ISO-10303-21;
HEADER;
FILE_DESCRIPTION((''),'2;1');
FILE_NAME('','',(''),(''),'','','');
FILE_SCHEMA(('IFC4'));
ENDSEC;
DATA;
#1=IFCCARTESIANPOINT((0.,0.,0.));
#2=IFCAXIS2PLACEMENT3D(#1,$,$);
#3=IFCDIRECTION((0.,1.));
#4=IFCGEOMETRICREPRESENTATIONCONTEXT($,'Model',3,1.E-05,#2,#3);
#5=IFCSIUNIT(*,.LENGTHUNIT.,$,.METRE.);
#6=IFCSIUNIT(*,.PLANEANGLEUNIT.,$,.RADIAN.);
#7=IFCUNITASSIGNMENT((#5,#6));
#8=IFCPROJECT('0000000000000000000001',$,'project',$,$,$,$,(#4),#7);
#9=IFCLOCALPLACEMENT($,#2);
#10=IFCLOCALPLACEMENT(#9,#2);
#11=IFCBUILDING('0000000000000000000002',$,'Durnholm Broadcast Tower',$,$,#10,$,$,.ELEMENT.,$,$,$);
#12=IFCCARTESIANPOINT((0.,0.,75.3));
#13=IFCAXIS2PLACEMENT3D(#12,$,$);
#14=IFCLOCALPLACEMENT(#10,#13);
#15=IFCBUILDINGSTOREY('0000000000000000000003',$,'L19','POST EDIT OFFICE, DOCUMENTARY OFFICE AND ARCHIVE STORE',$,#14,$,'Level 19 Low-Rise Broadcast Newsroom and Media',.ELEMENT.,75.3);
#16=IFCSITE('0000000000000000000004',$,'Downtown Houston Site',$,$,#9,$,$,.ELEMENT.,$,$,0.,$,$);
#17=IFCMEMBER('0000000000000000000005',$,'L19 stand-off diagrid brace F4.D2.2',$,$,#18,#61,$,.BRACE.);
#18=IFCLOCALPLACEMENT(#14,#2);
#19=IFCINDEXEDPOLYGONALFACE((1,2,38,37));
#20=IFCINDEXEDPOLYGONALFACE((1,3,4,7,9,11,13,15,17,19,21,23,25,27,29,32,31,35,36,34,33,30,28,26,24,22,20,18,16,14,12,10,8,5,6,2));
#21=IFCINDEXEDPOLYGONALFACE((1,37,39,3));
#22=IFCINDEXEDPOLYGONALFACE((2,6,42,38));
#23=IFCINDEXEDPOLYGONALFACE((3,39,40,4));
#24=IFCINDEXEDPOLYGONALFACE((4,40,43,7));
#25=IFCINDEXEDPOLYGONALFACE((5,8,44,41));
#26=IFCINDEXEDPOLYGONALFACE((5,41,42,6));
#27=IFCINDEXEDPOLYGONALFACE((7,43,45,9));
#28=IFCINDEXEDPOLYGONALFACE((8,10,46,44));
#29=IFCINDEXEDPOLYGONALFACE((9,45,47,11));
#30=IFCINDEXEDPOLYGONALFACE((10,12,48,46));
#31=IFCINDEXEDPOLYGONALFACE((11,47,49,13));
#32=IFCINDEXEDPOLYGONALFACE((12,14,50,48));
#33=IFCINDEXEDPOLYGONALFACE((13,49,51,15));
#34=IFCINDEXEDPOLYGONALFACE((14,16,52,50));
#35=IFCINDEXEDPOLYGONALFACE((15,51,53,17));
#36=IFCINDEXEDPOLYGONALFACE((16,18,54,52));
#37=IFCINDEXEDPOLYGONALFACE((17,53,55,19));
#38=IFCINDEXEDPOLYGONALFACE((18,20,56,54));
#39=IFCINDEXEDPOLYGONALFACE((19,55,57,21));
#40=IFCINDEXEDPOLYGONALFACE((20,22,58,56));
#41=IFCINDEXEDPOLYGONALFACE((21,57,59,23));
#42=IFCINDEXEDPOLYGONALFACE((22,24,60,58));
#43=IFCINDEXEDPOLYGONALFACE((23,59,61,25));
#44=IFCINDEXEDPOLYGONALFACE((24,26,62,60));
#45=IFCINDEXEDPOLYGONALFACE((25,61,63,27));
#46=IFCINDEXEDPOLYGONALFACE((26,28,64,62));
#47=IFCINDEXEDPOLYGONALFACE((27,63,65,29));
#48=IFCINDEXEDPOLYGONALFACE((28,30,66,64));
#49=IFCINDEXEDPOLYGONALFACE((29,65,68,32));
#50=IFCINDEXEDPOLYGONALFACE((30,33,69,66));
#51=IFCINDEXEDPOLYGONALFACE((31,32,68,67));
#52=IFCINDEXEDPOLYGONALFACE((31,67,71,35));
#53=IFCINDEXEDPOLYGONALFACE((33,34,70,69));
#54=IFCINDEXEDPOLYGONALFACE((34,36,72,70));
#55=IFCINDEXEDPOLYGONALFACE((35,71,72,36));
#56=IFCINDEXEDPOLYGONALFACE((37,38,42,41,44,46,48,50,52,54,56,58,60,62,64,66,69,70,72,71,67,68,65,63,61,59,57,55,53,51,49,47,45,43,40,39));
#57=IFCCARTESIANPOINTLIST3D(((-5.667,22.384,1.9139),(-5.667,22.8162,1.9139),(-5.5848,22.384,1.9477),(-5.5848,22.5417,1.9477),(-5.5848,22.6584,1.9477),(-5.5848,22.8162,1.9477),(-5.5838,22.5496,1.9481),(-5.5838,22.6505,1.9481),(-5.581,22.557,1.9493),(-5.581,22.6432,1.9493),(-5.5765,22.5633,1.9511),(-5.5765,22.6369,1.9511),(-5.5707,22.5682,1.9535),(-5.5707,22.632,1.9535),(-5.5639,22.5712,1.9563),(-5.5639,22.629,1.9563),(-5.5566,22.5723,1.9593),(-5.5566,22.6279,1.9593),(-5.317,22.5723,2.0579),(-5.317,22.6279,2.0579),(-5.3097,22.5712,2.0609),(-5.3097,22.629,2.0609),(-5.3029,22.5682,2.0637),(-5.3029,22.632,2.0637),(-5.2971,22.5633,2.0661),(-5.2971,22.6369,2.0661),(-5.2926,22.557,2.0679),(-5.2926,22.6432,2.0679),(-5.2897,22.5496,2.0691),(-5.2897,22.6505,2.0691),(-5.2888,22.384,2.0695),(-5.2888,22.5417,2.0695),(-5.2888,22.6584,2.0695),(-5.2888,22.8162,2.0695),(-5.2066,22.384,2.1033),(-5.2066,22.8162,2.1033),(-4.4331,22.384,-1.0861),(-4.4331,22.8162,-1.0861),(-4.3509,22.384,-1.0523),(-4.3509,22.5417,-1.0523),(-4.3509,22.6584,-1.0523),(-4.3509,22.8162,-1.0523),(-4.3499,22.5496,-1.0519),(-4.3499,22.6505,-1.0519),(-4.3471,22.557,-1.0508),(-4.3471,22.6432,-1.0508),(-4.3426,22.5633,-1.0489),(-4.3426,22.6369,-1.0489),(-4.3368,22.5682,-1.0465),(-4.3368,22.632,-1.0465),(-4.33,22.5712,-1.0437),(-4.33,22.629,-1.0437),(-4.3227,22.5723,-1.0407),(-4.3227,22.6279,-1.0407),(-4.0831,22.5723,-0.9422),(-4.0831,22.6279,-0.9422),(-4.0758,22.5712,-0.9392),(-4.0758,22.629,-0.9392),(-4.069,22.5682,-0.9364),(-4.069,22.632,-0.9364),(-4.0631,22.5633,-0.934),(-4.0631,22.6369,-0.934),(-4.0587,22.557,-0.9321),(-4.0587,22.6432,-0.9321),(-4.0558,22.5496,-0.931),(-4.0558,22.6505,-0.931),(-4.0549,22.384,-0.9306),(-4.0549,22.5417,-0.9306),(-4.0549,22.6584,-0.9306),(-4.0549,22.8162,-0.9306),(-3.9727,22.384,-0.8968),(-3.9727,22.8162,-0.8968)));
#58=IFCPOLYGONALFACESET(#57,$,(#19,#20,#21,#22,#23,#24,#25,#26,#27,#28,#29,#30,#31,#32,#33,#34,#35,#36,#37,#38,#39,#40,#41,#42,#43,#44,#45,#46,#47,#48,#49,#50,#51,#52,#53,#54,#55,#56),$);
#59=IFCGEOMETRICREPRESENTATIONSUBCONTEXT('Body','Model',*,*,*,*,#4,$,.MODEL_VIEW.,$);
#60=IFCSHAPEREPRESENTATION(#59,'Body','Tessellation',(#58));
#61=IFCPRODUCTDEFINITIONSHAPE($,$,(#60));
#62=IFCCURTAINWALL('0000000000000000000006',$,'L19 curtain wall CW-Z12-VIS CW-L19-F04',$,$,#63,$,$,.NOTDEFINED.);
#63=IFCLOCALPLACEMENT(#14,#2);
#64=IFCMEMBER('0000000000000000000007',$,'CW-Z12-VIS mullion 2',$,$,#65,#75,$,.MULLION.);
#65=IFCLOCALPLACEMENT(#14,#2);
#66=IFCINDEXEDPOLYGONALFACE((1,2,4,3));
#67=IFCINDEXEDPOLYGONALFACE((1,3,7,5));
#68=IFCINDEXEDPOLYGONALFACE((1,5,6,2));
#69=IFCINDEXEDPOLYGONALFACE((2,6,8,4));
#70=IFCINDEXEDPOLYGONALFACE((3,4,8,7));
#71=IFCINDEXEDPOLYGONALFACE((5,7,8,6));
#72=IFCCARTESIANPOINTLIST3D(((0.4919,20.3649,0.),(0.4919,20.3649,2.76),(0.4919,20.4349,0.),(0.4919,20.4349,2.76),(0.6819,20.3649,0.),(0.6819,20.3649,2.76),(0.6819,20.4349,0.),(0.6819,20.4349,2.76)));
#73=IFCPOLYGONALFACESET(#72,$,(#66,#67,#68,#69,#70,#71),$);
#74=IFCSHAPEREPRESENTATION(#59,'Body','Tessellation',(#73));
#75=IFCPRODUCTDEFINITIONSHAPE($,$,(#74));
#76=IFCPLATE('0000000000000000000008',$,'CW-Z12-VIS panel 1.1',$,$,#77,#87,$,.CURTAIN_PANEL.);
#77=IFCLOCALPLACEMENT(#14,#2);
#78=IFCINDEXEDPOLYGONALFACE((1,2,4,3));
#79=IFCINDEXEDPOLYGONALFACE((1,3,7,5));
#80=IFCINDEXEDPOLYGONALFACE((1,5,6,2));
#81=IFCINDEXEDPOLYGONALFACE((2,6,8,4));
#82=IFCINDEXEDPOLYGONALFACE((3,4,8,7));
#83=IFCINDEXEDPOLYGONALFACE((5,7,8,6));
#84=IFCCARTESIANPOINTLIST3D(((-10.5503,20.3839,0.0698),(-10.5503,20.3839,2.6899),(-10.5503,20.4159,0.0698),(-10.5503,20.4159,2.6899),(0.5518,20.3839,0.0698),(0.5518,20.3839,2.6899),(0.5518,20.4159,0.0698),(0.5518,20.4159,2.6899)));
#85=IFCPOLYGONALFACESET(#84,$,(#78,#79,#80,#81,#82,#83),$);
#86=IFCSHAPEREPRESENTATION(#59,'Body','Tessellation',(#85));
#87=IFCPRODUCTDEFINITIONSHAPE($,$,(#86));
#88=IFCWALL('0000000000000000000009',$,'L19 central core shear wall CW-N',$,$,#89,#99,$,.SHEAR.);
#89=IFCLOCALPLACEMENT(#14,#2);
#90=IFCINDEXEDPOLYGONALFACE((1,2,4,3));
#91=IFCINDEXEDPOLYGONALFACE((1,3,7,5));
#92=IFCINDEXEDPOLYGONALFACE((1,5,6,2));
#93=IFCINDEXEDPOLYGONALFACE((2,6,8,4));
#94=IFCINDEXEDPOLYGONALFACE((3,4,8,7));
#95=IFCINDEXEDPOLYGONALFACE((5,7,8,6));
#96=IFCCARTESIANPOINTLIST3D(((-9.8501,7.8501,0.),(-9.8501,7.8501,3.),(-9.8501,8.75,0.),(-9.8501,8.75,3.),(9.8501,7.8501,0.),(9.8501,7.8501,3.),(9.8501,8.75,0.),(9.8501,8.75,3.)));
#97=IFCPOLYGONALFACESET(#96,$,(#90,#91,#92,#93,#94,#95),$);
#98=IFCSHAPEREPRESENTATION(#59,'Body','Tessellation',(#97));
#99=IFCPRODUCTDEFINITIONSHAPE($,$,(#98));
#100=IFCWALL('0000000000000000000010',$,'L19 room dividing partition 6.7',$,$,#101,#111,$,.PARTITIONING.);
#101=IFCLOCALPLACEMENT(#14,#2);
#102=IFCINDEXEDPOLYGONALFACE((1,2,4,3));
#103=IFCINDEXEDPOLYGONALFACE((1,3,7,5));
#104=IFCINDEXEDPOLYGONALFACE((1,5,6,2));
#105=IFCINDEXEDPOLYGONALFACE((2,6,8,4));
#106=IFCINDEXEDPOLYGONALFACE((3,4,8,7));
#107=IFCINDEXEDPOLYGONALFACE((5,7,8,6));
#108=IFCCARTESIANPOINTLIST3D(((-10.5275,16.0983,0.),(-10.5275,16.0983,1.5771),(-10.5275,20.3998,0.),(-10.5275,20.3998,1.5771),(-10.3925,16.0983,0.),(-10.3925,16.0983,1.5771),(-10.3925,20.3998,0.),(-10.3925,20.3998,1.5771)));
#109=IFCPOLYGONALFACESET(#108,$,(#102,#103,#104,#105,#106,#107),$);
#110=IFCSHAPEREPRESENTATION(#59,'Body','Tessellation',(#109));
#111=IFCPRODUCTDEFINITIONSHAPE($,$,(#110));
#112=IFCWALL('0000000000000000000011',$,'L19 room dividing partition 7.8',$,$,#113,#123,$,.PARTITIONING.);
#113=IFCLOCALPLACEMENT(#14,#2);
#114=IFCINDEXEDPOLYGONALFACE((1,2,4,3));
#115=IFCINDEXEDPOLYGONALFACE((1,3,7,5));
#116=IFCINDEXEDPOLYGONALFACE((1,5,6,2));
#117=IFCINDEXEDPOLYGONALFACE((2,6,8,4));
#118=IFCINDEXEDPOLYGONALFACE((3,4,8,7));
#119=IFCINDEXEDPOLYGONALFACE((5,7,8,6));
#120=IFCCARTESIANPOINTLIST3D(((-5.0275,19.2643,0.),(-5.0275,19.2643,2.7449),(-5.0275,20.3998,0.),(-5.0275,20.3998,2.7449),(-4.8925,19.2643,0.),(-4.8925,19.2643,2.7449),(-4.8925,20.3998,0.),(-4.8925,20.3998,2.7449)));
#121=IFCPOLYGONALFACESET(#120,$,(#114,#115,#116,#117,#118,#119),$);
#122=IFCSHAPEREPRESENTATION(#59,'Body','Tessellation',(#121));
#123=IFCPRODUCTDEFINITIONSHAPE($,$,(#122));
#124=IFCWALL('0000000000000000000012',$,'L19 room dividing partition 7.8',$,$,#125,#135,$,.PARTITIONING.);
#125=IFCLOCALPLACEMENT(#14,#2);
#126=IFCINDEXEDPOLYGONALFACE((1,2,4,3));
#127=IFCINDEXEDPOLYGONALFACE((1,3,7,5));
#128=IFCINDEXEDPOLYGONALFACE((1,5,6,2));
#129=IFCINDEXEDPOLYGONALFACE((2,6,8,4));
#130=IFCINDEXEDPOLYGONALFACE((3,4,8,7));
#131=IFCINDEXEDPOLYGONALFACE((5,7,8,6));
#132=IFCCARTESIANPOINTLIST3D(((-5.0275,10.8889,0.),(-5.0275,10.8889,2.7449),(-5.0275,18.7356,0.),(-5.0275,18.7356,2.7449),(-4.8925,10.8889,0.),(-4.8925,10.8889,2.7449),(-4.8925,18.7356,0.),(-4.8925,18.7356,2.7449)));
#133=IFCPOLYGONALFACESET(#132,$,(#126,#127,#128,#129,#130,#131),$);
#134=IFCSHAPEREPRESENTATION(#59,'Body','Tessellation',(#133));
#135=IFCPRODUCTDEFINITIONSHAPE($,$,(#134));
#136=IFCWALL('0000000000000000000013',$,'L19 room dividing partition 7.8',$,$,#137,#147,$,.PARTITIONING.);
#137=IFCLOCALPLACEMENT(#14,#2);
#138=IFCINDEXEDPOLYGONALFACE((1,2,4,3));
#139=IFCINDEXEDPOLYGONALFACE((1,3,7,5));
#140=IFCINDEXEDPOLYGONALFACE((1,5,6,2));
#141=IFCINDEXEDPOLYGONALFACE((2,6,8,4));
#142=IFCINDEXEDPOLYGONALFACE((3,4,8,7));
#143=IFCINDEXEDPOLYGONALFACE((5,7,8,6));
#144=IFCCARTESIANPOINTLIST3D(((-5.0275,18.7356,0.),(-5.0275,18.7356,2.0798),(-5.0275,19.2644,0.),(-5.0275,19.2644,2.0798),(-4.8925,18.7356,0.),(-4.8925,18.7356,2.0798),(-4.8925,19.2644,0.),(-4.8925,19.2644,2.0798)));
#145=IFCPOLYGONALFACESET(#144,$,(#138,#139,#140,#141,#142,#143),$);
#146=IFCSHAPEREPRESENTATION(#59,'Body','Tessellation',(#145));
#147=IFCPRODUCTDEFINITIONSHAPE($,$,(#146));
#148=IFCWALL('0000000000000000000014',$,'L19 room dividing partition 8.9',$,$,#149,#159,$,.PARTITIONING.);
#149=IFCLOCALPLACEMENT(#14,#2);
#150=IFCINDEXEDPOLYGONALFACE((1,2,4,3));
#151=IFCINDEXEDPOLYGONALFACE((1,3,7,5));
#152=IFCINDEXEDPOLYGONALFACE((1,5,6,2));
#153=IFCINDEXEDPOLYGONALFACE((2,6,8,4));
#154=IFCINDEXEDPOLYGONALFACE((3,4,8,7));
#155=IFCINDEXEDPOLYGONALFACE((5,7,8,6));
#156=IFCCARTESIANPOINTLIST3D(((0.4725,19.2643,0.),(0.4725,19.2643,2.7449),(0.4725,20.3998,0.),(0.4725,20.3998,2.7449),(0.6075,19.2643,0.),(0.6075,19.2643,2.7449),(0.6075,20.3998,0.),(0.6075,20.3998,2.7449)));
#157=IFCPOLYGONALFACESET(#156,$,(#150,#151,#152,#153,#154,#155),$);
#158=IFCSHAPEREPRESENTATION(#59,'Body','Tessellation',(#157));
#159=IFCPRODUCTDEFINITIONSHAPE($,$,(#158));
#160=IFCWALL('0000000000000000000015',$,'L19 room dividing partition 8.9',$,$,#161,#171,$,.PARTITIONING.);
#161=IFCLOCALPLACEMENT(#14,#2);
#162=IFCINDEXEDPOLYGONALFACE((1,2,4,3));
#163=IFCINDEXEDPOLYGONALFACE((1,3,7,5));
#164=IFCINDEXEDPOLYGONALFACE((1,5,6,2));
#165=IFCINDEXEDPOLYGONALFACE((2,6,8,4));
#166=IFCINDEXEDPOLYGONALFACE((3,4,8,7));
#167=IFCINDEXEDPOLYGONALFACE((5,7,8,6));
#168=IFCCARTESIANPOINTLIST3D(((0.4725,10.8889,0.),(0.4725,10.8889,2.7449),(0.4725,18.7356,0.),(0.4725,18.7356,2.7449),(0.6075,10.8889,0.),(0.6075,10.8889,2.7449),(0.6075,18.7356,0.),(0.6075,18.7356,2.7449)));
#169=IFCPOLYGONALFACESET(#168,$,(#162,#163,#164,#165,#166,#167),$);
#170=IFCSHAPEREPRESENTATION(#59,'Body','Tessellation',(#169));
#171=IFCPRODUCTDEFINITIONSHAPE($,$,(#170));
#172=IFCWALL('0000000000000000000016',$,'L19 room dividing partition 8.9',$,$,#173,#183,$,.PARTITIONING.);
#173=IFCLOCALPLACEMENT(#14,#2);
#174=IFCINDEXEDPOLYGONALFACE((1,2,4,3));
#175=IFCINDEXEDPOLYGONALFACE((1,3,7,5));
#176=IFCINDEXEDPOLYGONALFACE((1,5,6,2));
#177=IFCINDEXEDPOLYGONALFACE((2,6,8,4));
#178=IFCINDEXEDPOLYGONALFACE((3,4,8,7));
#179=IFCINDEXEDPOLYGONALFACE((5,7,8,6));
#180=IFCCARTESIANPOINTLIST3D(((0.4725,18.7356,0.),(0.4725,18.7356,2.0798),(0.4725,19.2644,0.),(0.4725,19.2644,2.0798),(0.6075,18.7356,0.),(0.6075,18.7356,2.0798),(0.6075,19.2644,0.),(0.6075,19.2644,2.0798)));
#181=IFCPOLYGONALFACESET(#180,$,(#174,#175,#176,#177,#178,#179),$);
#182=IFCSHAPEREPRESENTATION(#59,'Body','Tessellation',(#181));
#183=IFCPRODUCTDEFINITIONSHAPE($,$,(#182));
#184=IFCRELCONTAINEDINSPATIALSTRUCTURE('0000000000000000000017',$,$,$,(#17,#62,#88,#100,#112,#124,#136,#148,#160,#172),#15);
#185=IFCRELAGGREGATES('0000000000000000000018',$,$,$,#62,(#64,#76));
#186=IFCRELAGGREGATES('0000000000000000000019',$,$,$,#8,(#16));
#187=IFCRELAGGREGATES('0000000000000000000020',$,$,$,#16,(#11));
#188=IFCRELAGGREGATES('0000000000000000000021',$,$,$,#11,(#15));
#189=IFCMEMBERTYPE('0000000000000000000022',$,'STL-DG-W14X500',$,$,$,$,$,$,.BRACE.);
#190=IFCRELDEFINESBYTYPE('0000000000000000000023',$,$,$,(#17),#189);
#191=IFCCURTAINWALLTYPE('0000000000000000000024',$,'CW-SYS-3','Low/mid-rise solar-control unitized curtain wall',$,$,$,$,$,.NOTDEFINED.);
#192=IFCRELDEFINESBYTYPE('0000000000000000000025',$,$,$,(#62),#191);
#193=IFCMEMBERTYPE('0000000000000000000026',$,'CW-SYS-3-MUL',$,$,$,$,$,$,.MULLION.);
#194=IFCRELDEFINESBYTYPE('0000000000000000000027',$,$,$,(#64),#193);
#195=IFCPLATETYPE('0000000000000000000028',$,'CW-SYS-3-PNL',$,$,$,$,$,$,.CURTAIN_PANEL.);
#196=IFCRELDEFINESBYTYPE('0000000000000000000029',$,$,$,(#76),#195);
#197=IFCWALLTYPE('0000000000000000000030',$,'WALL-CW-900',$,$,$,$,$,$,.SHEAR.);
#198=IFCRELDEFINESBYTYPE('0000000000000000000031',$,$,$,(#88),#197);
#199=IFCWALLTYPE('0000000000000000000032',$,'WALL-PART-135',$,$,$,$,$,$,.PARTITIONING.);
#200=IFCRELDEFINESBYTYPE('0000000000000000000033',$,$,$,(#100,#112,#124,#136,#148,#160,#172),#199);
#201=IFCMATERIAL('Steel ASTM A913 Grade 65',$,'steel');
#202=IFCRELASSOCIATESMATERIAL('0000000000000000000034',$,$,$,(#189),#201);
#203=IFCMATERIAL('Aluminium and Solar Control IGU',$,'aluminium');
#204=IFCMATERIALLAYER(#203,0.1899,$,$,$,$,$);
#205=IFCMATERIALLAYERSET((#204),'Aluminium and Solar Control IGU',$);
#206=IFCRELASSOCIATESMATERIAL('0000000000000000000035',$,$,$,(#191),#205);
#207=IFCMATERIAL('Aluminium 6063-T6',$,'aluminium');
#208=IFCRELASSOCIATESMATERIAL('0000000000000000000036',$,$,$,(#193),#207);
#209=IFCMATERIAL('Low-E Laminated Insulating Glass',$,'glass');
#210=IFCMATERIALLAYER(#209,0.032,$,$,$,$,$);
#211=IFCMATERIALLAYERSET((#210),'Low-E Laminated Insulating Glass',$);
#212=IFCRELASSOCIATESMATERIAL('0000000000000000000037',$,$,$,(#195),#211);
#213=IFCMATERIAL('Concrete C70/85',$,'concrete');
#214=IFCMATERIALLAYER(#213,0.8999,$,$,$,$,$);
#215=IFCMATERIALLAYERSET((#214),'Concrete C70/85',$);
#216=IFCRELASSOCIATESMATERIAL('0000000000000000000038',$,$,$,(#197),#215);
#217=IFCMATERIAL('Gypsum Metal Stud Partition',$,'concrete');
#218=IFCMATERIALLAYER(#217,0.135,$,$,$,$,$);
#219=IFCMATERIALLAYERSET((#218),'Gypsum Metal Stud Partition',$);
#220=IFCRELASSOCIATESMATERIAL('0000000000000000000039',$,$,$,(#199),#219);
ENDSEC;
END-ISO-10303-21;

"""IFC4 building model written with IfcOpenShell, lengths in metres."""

from ifc_helpers import new_model, si_unit, direction, frame, frame_2d, origin, origin_2d, place, context, subcontext, project, spatial, rectangle, i_section, extrude, source, transform, mapped, material, layer, layer_set, material_profile, profile_set, type_object, type_shapes, element, aggregate, save


model = new_model("IFC4")

# Units and contexts
model_context = context("Model", 3, precision=1e-05, world=origin(), true_north=direction((0.0, 1.0)))
body_context = subcontext(model_context, "Body", "Model", "MODEL_VIEW")
ifc_project = project(units=[si_unit("LENGTHUNIT", "METRE"), si_unit("PLANEANGLEUNIT", "RADIAN")], contexts=[model_context])

# Site, building, storey
site_placement = place(None, origin())
site = spatial("IfcSite", under=ifc_project, at=site_placement, Name="Downtown Houston Site", CompositionType="ELEMENT", RefElevation=0.0)
building_placement = place(site_placement, origin())
building = spatial("IfcBuilding", under=site, at=building_placement, Name="Durnholm Broadcast Tower", CompositionType="ELEMENT")
storey_placement = place(building_placement, frame((0.0, 0.0, 75.3)))
storey = spatial("IfcBuildingStorey", under=building, at=storey_placement, Name="L19", Description="POST EDIT OFFICE, DOCUMENTARY OFFICE AND ARCHIVE STORE", LongName="Level 19 Low-Rise Broadcast Newsroom and Media", CompositionType="ELEMENT", Elevation=75.3)

# Shared definitions
ifc_material_1 = material(Name="Concrete C70/85", Category="concrete")

# Member
ifc_material_2 = material(Name="Steel ASTM A913 Grade 65", Category="steel")
ifc_material_profile_1 = material_profile(ifc_material_2, i_section(OverallWidth=0.4321, OverallDepth=0.4978, WebThickness=0.0557, FlangeThickness=0.0889, FilletRadius=0.0305, at=origin_2d()), Name="W14X500")
ifc_profile_set_1 = profile_set([ifc_material_profile_1], Name="Steel ASTM A913 Grade 65")
member_type_1 = type_object("IfcMemberType", Name="STL-DG-W14X500", PredefinedType="BRACE", material=ifc_profile_set_1)
shared_shape_1 = source(origin(), body_context, "Body", "SweptSolid", [
    extrude(i_section(OverallWidth=0.4321, OverallDepth=0.4978, WebThickness=0.0557, FlangeThickness=0.0889, FilletRadius=0.0305, at=origin_2d()), origin(), (0.0, 0.0, 1.0), 3.2439),
])
type_shapes(member_type_1, [shared_shape_1])
for number, where, z_axis, x_axis, name in (
    (1, (-4.2029, 22.6001, -0.9915), (-0.380379, 0.0, 0.924831), (0.0, -1.0, 0.0), "L19 stand-off diagrid brace F4.D2.2"),
):
    element("IfcMember", number, at=place(storey_placement, frame(where, z_axis=z_axis, x_axis=x_axis)), inside=storey, type_object=member_type_1, Name=name, PredefinedType="BRACE", context=body_context, shape_type="MappedRepresentation", body=[
        mapped(shared_shape_1, transform((0.0, 0.0, 0.0), x_axis=(1.0, 0.0, 0.0), y_axis=(0.0, 1.0, 0.0), z_axis=(0.0, 0.0, 1.0), scale=1.0)),
    ])

# Curtain wall, member, plate
ifc_material_3 = material(Name="Aluminium and Solar Control IGU", Category="aluminium")
ifc_layer_1 = layer(ifc_material_3, 0.1899)
ifc_layer_set_1 = layer_set([ifc_layer_1], Name="Aluminium and Solar Control IGU")
curtain_wall_type = type_object("IfcCurtainWallType", Name="CW-SYS-3", Description="Low/mid-rise solar-control unitized curtain wall", PredefinedType="NOTDEFINED", material=ifc_layer_set_1)
curtain_wall_placement = place(storey_placement, origin())
curtain_wall = element("IfcCurtainWall", 2, at=curtain_wall_placement, inside=storey, type_object=curtain_wall_type, Name="L19 curtain wall CW-Z12-VIS CW-L19-F04", PredefinedType="NOTDEFINED")
ifc_material_4 = material(Name="Aluminium 6063-T6", Category="aluminium")
ifc_material_profile_2 = material_profile(ifc_material_4, rectangle(XDim=0.0701, YDim=0.1899, at=origin_2d()), Name="CWM70X190")
ifc_profile_set_2 = profile_set([ifc_material_profile_2], Name="Aluminium 6063-T6")
member_type_2 = type_object("IfcMemberType", Name="CW-SYS-3-MUL", PredefinedType="MULLION", material=ifc_profile_set_2)
shared_shape_2 = source(origin(), body_context, "Body", "SweptSolid", [
    extrude(rectangle(XDim=0.0701, YDim=0.1899, at=origin_2d()), origin(), (0.0, 0.0, 1.0), 2.76),
])
type_shapes(member_type_2, [shared_shape_2])
member_placement = place(storey_placement, frame((0.5869, 20.3999, 0.0), z_axis=(0.0, 0.0, 1.0), x_axis=(0.0, 1.0, 0.0)))
member = element("IfcMember", 3, at=member_placement, type_object=member_type_2, Name="CW-Z12-VIS mullion 2", PredefinedType="MULLION", context=body_context, shape_type="MappedRepresentation", body=[
    mapped(shared_shape_2, transform((0.0, 0.0, 0.0), x_axis=(1.0, 0.0, 0.0), y_axis=(0.0, 1.0, 0.0), z_axis=(0.0, 0.0, 1.0), scale=1.0)),
])
ifc_material_5 = material(Name="Low-E Laminated Insulating Glass", Category="glass")
ifc_layer_2 = layer(ifc_material_5, 0.032)
ifc_layer_set_2 = layer_set([ifc_layer_2], Name="Low-E Laminated Insulating Glass")
plate_type = type_object("IfcPlateType", Name="CW-SYS-3-PNL", PredefinedType="CURTAIN_PANEL", material=ifc_layer_set_2)
shared_shape_3 = source(origin(), body_context, "Body", "SweptSolid", [
    extrude(rectangle(XDim=11.1021, YDim=0.032, at=origin_2d()), origin(), (0.0, 0.0, 1.0), 2.6201),
])
type_shapes(plate_type, [shared_shape_3])
plate_placement = place(storey_placement, frame((-4.9993, 20.3999, 0.0698), z_axis=(0.0, 0.0, 1.0), x_axis=(1.0, 0.0, 0.0)))
plate = element("IfcPlate", 4, at=plate_placement, type_object=plate_type, Name="CW-Z12-VIS panel 1.1", PredefinedType="CURTAIN_PANEL", context=body_context, shape_type="MappedRepresentation", body=[
    mapped(shared_shape_3, transform((0.0, 0.0, 0.0), x_axis=(1.0, 0.0, 0.0), y_axis=(0.0, 1.0, 0.0), z_axis=(0.0, 0.0, 1.0), scale=1.0)),
])
aggregate(curtain_wall, [member, plate])

# Walls
ifc_layer_3 = layer(ifc_material_1, 0.8999)
ifc_layer_set_3 = layer_set([ifc_layer_3], Name="Concrete C70/85")
wall_type_1 = type_object("IfcWallType", Name="WALL-CW-900", PredefinedType="SHEAR", material=ifc_layer_set_3)
wall_1_placement = place(storey_placement, frame((-9.8501, 8.3, 0.0), z_axis=(0.0, 0.0, 1.0), x_axis=(1.0, 0.0, 0.0)))
element("IfcWall", 5, at=wall_1_placement, inside=storey, type_object=wall_type_1, Name="L19 central core shear wall CW-N", PredefinedType="SHEAR", context=body_context, shape_type="SweptSolid", body=[
    extrude(rectangle(XDim=19.7002, YDim=0.8999, at=frame_2d((9.8501, 0.0))), origin(), (0.0, 0.0, 1.0), 3.0),
])
ifc_material_6 = material(Name="Gypsum Metal Stud Partition", Category="concrete")
ifc_layer_4 = layer(ifc_material_6, 0.135)
ifc_layer_set_4 = layer_set([ifc_layer_4], Name="Gypsum Metal Stud Partition")
wall_type_2 = type_object("IfcWallType", Name="WALL-PART-135", PredefinedType="PARTITIONING", material=ifc_layer_set_4)
wall_2_placement = place(storey_placement, frame((-10.46, 20.3999, 0.0), z_axis=(0.0, 0.0, 1.0), x_axis=(0.0, -1.0, 0.0)))
element("IfcWall", 6, at=wall_2_placement, inside=storey, type_object=wall_type_2, Name="L19 room dividing partition 6.7", PredefinedType="PARTITIONING", context=body_context, shape_type="SweptSolid", body=[
    extrude(rectangle(XDim=4.3015, YDim=0.135, at=frame_2d((2.1509, 0.0))), origin(), (0.0, 0.0, 1.0), 1.5771),
])
wall_3_placement = place(storey_placement, frame((-4.96, 20.3999, 0.0), z_axis=(0.0, 0.0, 1.0), x_axis=(0.0, -1.0, 0.0)))
element("IfcWall", 7, at=wall_3_placement, inside=storey, type_object=wall_type_2, Name="L19 room dividing partition 7.8", PredefinedType="PARTITIONING", context=body_context, shape_type="SweptSolid", body=[
    extrude(rectangle(XDim=1.1355, YDim=0.135, at=frame_2d((0.5679, 0.0))), origin(), (0.0, 0.0, 1.0), 2.7449),
])
wall_4_placement = place(storey_placement, frame((-4.96, 18.7356, 0.0), z_axis=(0.0, 0.0, 1.0), x_axis=(0.0, -1.0, 0.0)))
element("IfcWall", 8, at=wall_4_placement, inside=storey, type_object=wall_type_2, Name="L19 room dividing partition 7.8", PredefinedType="PARTITIONING", context=body_context, shape_type="SweptSolid", body=[
    extrude(rectangle(XDim=7.8467, YDim=0.135, at=frame_2d((3.9233, 0.0))), origin(), (0.0, 0.0, 1.0), 2.7449),
])
wall_5_placement = place(storey_placement, frame((-4.96, 19.2644, 0.0), z_axis=(0.0, 0.0, 1.0), x_axis=(0.0, -1.0, 0.0)))
element("IfcWall", 9, at=wall_5_placement, inside=storey, type_object=wall_type_2, Name="L19 room dividing partition 7.8", PredefinedType="PARTITIONING", context=body_context, shape_type="SweptSolid", body=[
    extrude(rectangle(XDim=0.5288, YDim=0.135, at=frame_2d((0.2644, 0.0))), origin(), (0.0, 0.0, 1.0), 2.0798),
])
wall_6_placement = place(storey_placement, frame((0.54, 20.3999, 0.0), z_axis=(0.0, 0.0, 1.0), x_axis=(0.0, -1.0, 0.0)))
element("IfcWall", 10, at=wall_6_placement, inside=storey, type_object=wall_type_2, Name="L19 room dividing partition 8.9", PredefinedType="PARTITIONING", context=body_context, shape_type="SweptSolid", body=[
    extrude(rectangle(XDim=1.1355, YDim=0.135, at=frame_2d((0.5679, 0.0))), origin(), (0.0, 0.0, 1.0), 2.7449),
])
wall_7_placement = place(storey_placement, frame((0.54, 18.7356, 0.0), z_axis=(0.0, 0.0, 1.0), x_axis=(0.0, -1.0, 0.0)))
element("IfcWall", 11, at=wall_7_placement, inside=storey, type_object=wall_type_2, Name="L19 room dividing partition 8.9", PredefinedType="PARTITIONING", context=body_context, shape_type="SweptSolid", body=[
    extrude(rectangle(XDim=7.8467, YDim=0.135, at=frame_2d((3.9233, 0.0))), origin(), (0.0, 0.0, 1.0), 2.7449),
])
wall_8_placement = place(storey_placement, frame((0.54, 19.2644, 0.0), z_axis=(0.0, 0.0, 1.0), x_axis=(0.0, -1.0, 0.0)))
element("IfcWall", 12, at=wall_8_placement, inside=storey, type_object=wall_type_2, Name="L19 room dividing partition 8.9", PredefinedType="PARTITIONING", context=body_context, shape_type="SweptSolid", body=[
    extrude(rectangle(XDim=0.5288, YDim=0.135, at=frame_2d((0.2644, 0.0))), origin(), (0.0, 0.0, 1.0), 2.0798),
])

save(model, "model.ifc")
